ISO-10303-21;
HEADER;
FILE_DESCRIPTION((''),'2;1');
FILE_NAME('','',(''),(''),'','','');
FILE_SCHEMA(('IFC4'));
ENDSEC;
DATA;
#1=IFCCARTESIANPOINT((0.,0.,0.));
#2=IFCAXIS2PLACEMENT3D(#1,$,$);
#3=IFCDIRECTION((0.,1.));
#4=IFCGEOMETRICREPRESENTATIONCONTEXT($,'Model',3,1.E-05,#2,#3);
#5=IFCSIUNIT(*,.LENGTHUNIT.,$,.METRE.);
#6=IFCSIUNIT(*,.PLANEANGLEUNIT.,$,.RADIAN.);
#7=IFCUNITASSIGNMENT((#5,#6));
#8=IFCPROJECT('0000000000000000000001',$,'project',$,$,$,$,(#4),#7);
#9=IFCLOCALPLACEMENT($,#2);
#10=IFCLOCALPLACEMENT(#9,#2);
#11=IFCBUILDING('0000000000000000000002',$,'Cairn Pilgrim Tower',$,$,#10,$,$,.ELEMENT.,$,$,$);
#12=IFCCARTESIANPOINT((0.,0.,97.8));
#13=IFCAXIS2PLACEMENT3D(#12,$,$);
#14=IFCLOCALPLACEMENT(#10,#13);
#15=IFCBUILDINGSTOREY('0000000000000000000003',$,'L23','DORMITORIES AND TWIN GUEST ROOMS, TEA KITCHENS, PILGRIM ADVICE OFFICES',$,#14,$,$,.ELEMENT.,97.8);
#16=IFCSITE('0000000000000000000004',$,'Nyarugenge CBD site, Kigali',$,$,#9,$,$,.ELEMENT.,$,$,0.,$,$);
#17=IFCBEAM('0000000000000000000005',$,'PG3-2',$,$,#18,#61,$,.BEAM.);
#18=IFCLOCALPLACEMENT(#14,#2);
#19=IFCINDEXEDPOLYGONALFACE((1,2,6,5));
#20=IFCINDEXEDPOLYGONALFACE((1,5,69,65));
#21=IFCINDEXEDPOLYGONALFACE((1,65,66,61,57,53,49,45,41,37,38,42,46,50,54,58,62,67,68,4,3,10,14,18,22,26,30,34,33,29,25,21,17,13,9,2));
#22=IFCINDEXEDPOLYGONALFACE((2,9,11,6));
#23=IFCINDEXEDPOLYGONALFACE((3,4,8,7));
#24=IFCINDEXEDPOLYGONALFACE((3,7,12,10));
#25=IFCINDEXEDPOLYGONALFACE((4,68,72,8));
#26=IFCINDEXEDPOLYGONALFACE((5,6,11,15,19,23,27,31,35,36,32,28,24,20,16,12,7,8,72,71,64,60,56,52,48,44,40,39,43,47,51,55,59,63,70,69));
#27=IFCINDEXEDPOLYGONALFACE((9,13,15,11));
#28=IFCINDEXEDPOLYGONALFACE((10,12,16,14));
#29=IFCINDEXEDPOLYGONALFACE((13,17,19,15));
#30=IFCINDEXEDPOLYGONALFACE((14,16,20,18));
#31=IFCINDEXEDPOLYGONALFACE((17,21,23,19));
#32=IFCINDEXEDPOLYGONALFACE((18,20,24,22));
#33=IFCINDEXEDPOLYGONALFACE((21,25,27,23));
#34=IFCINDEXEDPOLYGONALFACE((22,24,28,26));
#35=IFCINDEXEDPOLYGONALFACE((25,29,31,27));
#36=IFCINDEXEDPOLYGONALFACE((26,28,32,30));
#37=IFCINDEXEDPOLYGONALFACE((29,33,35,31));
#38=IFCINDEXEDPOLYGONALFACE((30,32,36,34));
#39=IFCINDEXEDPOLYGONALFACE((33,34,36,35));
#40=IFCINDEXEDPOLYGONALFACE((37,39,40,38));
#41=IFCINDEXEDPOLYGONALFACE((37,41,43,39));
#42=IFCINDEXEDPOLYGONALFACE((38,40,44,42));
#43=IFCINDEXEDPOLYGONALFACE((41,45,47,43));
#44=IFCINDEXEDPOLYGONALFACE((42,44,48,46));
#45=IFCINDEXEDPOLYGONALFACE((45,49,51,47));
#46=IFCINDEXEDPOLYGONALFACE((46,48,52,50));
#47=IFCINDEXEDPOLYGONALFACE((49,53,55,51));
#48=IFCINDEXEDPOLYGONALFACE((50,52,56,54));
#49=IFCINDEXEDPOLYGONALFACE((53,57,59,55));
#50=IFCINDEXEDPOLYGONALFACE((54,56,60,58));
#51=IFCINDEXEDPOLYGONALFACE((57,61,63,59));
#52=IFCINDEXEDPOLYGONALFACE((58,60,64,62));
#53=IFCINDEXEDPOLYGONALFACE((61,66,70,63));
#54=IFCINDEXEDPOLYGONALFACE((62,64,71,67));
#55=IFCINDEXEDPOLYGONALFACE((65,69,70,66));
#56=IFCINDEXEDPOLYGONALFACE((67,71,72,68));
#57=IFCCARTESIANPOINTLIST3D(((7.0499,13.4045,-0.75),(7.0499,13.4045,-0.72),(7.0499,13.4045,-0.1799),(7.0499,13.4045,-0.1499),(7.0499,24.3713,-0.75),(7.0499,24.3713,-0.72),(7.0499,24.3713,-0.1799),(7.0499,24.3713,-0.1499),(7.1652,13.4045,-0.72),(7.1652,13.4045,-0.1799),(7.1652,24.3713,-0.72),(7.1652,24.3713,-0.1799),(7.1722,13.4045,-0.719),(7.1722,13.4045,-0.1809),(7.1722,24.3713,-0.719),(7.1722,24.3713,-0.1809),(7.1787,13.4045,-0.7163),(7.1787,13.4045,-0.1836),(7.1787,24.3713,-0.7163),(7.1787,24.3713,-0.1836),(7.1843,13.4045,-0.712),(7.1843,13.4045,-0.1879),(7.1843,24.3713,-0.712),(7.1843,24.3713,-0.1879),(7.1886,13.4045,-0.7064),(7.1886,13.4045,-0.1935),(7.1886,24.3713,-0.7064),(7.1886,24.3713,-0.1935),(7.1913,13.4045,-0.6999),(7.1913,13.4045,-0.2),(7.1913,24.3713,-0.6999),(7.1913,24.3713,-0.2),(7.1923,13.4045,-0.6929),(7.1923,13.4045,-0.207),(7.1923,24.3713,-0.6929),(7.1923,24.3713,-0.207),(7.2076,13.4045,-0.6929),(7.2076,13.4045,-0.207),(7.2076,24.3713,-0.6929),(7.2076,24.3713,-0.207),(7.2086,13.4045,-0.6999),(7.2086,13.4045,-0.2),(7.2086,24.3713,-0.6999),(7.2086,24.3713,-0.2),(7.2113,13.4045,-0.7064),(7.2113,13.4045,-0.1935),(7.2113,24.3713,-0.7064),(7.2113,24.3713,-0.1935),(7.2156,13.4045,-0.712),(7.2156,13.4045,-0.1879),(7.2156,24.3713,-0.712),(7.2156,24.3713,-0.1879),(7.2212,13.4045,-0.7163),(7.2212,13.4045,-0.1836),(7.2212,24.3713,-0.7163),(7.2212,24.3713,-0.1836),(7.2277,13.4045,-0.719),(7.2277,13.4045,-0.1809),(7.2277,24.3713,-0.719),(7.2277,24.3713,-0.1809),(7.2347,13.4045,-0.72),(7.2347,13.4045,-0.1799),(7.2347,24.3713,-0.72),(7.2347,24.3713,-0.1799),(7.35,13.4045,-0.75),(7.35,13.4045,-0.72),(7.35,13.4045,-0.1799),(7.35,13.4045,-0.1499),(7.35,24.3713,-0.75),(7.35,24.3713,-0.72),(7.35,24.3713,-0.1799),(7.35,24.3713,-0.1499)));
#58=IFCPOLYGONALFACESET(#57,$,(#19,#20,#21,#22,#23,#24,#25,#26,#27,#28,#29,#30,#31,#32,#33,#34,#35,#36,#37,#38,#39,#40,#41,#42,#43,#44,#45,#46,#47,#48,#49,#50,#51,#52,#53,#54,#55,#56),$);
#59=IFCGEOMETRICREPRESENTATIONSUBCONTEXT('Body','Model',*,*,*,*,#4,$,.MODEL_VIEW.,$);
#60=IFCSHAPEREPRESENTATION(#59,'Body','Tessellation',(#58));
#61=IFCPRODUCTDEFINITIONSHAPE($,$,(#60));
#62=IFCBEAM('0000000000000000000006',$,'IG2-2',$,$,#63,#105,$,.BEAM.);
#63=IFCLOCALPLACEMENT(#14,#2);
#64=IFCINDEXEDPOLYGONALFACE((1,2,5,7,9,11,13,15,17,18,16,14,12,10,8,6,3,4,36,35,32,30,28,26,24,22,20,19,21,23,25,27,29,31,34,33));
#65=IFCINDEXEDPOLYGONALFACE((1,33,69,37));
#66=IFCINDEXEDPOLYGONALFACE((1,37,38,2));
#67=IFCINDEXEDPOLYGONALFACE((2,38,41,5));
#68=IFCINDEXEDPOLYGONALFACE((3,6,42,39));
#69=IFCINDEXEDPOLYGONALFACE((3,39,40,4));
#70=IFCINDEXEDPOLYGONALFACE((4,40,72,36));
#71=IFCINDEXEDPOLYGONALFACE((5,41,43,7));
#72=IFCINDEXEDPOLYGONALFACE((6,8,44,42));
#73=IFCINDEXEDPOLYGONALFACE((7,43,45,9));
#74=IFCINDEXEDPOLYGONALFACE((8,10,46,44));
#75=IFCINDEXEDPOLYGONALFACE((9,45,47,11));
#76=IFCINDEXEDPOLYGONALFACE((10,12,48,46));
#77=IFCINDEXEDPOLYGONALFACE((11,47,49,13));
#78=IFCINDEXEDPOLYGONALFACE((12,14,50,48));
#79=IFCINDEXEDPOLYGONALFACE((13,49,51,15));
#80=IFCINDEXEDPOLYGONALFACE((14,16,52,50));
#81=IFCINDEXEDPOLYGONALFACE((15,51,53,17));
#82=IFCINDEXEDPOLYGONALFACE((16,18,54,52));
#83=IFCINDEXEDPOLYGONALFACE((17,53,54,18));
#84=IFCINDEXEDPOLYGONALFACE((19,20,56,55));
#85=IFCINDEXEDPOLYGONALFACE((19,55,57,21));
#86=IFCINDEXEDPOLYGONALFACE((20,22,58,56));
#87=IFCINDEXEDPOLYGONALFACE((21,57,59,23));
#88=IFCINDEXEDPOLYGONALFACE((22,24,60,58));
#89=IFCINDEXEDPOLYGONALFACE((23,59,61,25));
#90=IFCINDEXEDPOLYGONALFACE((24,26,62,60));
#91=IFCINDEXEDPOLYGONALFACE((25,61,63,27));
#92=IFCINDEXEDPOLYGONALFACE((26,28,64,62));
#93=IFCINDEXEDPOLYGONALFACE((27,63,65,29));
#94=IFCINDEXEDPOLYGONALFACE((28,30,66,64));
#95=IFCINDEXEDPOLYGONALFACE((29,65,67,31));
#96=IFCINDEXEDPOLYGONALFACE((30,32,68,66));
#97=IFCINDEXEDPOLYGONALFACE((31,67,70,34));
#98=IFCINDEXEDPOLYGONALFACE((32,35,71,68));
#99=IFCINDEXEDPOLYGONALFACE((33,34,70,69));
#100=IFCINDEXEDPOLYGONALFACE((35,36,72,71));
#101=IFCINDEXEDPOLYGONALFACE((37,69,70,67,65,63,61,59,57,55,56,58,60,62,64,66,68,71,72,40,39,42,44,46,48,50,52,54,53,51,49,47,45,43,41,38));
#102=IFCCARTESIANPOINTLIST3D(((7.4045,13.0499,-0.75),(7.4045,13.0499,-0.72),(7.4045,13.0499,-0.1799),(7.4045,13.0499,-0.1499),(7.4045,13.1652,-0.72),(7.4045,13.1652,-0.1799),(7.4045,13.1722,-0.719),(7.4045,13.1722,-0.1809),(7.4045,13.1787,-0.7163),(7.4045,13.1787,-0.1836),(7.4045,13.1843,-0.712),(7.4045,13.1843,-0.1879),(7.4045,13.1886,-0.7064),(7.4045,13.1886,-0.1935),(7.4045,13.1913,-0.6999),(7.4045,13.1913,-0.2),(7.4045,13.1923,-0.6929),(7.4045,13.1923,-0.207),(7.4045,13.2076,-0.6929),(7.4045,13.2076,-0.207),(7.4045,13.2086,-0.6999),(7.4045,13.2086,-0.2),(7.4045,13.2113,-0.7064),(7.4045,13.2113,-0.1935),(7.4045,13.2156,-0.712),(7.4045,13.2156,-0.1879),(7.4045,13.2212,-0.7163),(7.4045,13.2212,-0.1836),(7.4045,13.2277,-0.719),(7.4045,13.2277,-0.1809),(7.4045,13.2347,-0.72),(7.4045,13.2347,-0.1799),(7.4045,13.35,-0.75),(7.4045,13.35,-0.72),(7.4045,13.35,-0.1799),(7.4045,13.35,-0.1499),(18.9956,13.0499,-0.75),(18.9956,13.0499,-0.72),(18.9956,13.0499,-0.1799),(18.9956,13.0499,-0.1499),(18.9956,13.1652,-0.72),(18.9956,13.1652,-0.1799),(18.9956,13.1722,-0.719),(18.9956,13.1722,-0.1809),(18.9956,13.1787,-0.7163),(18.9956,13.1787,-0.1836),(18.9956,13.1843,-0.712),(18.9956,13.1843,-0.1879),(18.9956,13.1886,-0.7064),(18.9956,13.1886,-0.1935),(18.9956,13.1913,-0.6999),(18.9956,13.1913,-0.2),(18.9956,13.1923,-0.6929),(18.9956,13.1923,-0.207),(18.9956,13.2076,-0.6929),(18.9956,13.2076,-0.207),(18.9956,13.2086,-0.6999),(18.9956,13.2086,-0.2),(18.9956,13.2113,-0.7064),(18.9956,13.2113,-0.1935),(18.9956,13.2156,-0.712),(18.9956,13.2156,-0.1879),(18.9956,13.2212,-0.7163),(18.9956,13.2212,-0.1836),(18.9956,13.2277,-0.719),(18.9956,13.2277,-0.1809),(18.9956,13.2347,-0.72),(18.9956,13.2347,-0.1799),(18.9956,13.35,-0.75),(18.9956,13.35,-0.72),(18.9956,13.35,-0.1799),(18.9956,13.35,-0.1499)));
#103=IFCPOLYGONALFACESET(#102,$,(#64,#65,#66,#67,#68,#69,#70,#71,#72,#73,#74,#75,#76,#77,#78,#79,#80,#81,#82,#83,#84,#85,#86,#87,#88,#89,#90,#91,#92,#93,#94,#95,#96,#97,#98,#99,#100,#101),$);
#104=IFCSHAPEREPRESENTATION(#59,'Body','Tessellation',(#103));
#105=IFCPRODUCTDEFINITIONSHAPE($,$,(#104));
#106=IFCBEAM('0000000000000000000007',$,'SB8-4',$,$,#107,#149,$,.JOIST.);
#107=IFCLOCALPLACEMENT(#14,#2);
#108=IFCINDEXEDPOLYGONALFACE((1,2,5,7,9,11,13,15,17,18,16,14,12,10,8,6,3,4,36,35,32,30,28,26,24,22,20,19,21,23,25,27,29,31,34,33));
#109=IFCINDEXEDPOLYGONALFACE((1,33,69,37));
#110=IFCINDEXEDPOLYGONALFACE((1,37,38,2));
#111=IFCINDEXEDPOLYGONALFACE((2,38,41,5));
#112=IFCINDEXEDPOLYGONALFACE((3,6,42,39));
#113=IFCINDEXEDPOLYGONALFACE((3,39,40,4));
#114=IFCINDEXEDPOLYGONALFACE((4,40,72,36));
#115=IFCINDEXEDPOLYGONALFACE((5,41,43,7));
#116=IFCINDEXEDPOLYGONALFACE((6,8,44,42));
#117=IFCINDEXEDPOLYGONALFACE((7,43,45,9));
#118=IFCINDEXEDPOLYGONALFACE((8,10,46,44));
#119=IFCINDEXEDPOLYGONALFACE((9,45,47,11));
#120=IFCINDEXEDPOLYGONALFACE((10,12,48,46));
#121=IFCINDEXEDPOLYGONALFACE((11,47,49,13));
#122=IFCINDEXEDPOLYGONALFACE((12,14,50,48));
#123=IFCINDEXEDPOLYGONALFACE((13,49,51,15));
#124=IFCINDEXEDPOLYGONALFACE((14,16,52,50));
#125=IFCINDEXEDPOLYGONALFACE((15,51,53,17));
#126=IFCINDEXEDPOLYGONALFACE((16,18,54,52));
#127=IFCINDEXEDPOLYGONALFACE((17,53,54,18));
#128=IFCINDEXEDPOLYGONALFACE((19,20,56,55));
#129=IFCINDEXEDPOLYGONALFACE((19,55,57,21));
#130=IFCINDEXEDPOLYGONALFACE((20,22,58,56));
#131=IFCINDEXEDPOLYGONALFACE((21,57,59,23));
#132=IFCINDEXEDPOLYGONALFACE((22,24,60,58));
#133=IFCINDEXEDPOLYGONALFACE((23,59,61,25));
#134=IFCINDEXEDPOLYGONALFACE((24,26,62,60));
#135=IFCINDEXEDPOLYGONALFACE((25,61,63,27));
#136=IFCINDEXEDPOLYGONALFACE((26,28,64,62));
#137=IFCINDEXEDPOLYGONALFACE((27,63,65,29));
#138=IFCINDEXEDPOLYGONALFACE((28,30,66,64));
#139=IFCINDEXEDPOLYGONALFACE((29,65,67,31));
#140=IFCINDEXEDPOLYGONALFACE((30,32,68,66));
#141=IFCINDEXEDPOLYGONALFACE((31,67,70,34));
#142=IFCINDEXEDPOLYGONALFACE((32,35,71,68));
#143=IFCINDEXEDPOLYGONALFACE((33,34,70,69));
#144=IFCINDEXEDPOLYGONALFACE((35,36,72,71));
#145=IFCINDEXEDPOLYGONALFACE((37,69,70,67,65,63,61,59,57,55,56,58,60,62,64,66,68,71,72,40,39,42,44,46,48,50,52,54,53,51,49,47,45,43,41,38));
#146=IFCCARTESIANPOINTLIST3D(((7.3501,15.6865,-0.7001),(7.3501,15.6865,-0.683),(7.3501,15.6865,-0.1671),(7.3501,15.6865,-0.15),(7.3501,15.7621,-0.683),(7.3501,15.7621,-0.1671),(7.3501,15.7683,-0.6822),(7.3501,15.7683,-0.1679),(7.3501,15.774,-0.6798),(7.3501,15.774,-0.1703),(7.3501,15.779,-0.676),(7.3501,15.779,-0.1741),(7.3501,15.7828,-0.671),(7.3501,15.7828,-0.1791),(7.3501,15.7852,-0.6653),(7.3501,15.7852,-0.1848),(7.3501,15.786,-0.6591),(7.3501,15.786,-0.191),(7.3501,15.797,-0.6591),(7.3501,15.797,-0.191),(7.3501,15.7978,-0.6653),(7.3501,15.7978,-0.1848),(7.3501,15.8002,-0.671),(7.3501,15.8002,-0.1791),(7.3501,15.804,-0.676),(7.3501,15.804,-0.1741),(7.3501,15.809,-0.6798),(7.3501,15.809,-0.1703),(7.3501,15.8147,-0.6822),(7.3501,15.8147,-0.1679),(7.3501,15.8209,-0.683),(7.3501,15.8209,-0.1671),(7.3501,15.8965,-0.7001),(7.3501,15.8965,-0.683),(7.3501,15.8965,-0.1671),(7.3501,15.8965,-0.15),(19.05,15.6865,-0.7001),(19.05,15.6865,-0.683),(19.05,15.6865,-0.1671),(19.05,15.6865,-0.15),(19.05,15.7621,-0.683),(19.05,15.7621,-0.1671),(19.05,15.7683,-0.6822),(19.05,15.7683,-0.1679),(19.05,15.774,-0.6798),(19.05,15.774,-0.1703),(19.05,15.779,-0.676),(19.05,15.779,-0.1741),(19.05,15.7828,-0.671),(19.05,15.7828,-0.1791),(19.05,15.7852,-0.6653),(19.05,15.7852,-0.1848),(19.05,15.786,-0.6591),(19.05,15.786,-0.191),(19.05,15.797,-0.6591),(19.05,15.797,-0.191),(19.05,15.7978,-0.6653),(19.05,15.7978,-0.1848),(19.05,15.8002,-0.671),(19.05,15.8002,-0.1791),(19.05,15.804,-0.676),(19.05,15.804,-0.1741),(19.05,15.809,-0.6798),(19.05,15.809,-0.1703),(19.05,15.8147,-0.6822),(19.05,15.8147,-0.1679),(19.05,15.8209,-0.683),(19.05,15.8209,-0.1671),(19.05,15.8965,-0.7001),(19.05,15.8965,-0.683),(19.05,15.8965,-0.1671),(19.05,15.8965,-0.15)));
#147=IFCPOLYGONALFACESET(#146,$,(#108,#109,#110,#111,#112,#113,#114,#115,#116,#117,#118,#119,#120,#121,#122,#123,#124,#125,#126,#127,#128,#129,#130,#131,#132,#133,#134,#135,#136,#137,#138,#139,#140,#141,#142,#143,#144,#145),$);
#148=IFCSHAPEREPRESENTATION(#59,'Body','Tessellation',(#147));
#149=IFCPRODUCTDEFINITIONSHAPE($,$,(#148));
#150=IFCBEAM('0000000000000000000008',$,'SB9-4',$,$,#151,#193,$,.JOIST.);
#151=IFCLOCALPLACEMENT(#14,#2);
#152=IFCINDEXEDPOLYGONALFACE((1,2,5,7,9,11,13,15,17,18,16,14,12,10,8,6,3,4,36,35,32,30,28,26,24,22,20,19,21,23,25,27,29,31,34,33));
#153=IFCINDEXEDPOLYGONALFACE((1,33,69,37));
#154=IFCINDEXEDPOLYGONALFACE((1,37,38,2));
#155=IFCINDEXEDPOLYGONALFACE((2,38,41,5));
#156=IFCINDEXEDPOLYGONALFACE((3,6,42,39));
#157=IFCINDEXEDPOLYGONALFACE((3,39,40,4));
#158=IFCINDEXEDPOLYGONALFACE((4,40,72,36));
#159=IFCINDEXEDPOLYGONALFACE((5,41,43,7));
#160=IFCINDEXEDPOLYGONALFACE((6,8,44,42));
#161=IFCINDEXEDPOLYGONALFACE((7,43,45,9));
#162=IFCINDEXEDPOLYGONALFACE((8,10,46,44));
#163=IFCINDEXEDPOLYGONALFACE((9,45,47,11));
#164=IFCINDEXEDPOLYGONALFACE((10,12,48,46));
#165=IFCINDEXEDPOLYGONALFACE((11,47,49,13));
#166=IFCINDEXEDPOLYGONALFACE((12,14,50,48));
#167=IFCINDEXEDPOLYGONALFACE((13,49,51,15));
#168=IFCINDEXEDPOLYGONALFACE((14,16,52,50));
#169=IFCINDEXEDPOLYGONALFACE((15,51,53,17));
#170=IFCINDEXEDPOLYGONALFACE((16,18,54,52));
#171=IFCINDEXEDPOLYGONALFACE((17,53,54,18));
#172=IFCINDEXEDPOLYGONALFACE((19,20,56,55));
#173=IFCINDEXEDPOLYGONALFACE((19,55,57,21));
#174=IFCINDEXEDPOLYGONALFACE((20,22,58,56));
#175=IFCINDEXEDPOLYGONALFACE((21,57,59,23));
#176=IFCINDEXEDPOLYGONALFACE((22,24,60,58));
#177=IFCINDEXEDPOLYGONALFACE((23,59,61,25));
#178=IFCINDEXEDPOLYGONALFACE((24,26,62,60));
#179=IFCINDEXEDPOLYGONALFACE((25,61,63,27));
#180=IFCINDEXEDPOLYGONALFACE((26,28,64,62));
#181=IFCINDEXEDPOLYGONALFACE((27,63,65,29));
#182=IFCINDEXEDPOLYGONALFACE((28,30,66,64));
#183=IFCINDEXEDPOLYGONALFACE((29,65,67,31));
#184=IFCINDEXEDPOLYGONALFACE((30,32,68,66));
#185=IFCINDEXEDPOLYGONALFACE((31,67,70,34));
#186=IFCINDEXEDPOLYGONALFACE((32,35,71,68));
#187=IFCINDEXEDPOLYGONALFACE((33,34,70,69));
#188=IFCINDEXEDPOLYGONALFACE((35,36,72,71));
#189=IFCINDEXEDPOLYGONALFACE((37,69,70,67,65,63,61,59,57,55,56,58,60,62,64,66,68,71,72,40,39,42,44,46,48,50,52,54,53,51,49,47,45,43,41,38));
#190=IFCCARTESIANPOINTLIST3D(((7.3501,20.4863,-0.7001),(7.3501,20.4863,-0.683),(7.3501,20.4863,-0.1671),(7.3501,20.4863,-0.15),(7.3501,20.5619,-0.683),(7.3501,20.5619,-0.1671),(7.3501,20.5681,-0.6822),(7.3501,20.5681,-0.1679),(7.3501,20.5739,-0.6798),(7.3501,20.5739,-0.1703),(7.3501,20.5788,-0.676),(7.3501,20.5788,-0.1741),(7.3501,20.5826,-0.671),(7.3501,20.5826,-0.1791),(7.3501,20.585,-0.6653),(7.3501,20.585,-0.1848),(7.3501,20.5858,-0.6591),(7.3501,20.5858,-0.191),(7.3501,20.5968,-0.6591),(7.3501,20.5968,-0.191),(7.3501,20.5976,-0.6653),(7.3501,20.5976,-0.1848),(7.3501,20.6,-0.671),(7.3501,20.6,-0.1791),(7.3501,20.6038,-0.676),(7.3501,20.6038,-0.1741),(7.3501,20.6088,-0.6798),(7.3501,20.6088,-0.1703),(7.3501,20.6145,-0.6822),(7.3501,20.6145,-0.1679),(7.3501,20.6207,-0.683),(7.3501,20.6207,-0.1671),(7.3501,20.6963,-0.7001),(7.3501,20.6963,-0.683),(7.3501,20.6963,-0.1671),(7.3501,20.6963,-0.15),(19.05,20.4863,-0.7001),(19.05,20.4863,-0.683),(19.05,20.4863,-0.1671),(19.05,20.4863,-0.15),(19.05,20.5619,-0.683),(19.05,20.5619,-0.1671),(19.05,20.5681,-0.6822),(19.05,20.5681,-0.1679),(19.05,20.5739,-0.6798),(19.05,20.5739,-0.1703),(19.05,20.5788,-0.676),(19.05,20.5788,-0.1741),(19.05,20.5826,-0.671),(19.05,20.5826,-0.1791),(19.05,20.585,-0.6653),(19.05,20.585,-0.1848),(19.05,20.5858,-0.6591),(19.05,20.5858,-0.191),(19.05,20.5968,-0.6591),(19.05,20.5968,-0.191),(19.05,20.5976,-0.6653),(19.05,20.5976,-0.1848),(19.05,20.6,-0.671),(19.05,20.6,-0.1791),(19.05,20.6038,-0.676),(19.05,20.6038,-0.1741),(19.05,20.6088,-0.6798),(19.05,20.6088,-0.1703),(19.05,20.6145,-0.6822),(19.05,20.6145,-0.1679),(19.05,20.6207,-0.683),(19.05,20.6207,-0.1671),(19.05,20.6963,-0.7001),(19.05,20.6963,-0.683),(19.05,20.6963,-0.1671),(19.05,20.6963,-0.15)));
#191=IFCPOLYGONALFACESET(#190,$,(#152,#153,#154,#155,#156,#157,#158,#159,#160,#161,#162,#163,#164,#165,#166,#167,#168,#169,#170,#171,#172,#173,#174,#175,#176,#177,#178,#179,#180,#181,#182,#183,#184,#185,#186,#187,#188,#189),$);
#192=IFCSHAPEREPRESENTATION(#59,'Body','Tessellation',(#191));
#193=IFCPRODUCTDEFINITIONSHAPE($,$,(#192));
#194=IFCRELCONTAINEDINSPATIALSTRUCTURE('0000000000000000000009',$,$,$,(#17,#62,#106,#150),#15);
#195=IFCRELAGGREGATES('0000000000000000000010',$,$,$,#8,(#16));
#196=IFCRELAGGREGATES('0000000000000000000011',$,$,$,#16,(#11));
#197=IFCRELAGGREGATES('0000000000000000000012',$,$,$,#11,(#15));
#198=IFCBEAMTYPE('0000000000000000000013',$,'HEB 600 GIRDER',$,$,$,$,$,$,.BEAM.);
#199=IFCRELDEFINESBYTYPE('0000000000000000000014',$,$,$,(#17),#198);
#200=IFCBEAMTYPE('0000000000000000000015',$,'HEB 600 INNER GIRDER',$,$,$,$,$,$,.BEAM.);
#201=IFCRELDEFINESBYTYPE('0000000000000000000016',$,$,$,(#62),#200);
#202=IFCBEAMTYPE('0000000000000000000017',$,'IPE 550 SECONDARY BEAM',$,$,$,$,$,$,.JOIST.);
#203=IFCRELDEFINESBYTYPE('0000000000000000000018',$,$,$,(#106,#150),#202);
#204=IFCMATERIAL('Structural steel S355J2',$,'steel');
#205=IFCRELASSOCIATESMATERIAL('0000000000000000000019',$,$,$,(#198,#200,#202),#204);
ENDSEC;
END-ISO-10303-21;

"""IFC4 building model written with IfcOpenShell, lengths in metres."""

from ifc_helpers import new_model, si_unit, direction, frame, origin, origin_2d, place, context, subcontext, project, spatial, i_section, extrude, material, material_profile, profile_set, type_object, element, save


model = new_model("IFC4")

# Units and contexts
model_context = context("Model", 3, precision=1e-05, world=origin(), true_north=direction((0.0, 1.0)))
body_context = subcontext(model_context, "Body", "Model", "MODEL_VIEW")
ifc_project = project(units=[si_unit("LENGTHUNIT", "METRE"), si_unit("PLANEANGLEUNIT", "RADIAN")], contexts=[model_context])

# Site, building, storey
site_placement = place(None, origin())
site = spatial("IfcSite", under=ifc_project, at=site_placement, Name="Nyarugenge CBD site, Kigali", CompositionType="ELEMENT", RefElevation=0.0)
building_placement = place(site_placement, origin())
building = spatial("IfcBuilding", under=site, at=building_placement, Name="Cairn Pilgrim Tower", CompositionType="ELEMENT")
storey_placement = place(building_placement, frame((0.0, 0.0, 97.8)))
storey = spatial("IfcBuildingStorey", under=building, at=storey_placement, Name="L23", Description="DORMITORIES AND TWIN GUEST ROOMS, TEA KITCHENS, PILGRIM ADVICE OFFICES", CompositionType="ELEMENT", Elevation=97.8)

# Beams
ifc_material_1 = material(Name="Structural steel S355J2", Category="steel")
ifc_material_profile_1 = material_profile(ifc_material_1, i_section(OverallWidth=0.3, OverallDepth=0.6001, WebThickness=0.0154, FlangeThickness=0.03, FilletRadius=0.0271, at=origin_2d()), Name="HEB 600")
ifc_profile_set_1 = profile_set([ifc_material_profile_1], Name="Structural steel S355J2")
beam_type_1 = type_object("IfcBeamType", Name="HEB 600 GIRDER", PredefinedType="BEAM", material=ifc_profile_set_1)
beam_1_placement = place(storey_placement, frame((7.2, 13.4045, -0.45), z_axis=(0.0, 1.0, 0.0), x_axis=(-1.0, 0.0, 0.0)))
element("IfcBeam", 1, at=beam_1_placement, inside=storey, type_object=beam_type_1, Name="PG3-2", PredefinedType="BEAM", context=body_context, shape_type="SweptSolid", body=[
    extrude(i_section(OverallWidth=0.3, OverallDepth=0.6001, WebThickness=0.0154, FlangeThickness=0.03, FilletRadius=0.0271, at=origin_2d()), origin(), (0.0, 0.0, 1.0), 10.9668),
])
ifc_material_profile_2 = material_profile(ifc_material_1, i_section(OverallWidth=0.3, OverallDepth=0.6001, WebThickness=0.0154, FlangeThickness=0.03, FilletRadius=0.0271, at=origin_2d()), Name="HEB 600")
ifc_profile_set_2 = profile_set([ifc_material_profile_2], Name="Structural steel S355J2")
beam_type_2 = type_object("IfcBeamType", Name="HEB 600 INNER GIRDER", PredefinedType="BEAM", material=ifc_profile_set_2)
beam_2_placement = place(storey_placement, frame((7.4045, 13.2, -0.45), z_axis=(1.0, 0.0, 0.0), x_axis=(0.0, 1.0, 0.0)))
element("IfcBeam", 2, at=beam_2_placement, inside=storey, type_object=beam_type_2, Name="IG2-2", PredefinedType="BEAM", context=body_context, shape_type="SweptSolid", body=[
    extrude(i_section(OverallWidth=0.3, OverallDepth=0.6001, WebThickness=0.0154, FlangeThickness=0.03, FilletRadius=0.0271, at=origin_2d()), origin(), (0.0, 0.0, 1.0), 11.5911),
])
ifc_material_profile_3 = material_profile(ifc_material_1, i_section(OverallWidth=0.21, OverallDepth=0.55, WebThickness=0.011, FlangeThickness=0.0171, FilletRadius=0.0239, at=origin_2d()), Name="IPE 550")
ifc_profile_set_3 = profile_set([ifc_material_profile_3], Name="Structural steel S355J2")
beam_type_3 = type_object("IfcBeamType", Name="IPE 550 SECONDARY BEAM", PredefinedType="JOIST", material=ifc_profile_set_3)
for number, where, z_axis, x_axis, name in (
    (3, (7.3501, 15.7915, -0.425), (1.0, 0.0, 0.0), (0.0, 1.0, 0.0), "SB8-4"),
    (4, (7.3501, 20.5913, -0.425), (1.0, 0.0, 0.0), (0.0, 1.0, 0.0), "SB9-4"),
):
    element("IfcBeam", number, at=place(storey_placement, frame(where, z_axis=z_axis, x_axis=x_axis)), inside=storey, type_object=beam_type_3, Name=name, PredefinedType="JOIST", context=body_context, shape_type="SweptSolid", body=[
        extrude(i_section(OverallWidth=0.21, OverallDepth=0.55, WebThickness=0.011, FlangeThickness=0.0171, FilletRadius=0.0239, at=origin_2d()), origin(), (0.0, 0.0, 1.0), 11.7),
    ])

save(model, "model.ifc")
